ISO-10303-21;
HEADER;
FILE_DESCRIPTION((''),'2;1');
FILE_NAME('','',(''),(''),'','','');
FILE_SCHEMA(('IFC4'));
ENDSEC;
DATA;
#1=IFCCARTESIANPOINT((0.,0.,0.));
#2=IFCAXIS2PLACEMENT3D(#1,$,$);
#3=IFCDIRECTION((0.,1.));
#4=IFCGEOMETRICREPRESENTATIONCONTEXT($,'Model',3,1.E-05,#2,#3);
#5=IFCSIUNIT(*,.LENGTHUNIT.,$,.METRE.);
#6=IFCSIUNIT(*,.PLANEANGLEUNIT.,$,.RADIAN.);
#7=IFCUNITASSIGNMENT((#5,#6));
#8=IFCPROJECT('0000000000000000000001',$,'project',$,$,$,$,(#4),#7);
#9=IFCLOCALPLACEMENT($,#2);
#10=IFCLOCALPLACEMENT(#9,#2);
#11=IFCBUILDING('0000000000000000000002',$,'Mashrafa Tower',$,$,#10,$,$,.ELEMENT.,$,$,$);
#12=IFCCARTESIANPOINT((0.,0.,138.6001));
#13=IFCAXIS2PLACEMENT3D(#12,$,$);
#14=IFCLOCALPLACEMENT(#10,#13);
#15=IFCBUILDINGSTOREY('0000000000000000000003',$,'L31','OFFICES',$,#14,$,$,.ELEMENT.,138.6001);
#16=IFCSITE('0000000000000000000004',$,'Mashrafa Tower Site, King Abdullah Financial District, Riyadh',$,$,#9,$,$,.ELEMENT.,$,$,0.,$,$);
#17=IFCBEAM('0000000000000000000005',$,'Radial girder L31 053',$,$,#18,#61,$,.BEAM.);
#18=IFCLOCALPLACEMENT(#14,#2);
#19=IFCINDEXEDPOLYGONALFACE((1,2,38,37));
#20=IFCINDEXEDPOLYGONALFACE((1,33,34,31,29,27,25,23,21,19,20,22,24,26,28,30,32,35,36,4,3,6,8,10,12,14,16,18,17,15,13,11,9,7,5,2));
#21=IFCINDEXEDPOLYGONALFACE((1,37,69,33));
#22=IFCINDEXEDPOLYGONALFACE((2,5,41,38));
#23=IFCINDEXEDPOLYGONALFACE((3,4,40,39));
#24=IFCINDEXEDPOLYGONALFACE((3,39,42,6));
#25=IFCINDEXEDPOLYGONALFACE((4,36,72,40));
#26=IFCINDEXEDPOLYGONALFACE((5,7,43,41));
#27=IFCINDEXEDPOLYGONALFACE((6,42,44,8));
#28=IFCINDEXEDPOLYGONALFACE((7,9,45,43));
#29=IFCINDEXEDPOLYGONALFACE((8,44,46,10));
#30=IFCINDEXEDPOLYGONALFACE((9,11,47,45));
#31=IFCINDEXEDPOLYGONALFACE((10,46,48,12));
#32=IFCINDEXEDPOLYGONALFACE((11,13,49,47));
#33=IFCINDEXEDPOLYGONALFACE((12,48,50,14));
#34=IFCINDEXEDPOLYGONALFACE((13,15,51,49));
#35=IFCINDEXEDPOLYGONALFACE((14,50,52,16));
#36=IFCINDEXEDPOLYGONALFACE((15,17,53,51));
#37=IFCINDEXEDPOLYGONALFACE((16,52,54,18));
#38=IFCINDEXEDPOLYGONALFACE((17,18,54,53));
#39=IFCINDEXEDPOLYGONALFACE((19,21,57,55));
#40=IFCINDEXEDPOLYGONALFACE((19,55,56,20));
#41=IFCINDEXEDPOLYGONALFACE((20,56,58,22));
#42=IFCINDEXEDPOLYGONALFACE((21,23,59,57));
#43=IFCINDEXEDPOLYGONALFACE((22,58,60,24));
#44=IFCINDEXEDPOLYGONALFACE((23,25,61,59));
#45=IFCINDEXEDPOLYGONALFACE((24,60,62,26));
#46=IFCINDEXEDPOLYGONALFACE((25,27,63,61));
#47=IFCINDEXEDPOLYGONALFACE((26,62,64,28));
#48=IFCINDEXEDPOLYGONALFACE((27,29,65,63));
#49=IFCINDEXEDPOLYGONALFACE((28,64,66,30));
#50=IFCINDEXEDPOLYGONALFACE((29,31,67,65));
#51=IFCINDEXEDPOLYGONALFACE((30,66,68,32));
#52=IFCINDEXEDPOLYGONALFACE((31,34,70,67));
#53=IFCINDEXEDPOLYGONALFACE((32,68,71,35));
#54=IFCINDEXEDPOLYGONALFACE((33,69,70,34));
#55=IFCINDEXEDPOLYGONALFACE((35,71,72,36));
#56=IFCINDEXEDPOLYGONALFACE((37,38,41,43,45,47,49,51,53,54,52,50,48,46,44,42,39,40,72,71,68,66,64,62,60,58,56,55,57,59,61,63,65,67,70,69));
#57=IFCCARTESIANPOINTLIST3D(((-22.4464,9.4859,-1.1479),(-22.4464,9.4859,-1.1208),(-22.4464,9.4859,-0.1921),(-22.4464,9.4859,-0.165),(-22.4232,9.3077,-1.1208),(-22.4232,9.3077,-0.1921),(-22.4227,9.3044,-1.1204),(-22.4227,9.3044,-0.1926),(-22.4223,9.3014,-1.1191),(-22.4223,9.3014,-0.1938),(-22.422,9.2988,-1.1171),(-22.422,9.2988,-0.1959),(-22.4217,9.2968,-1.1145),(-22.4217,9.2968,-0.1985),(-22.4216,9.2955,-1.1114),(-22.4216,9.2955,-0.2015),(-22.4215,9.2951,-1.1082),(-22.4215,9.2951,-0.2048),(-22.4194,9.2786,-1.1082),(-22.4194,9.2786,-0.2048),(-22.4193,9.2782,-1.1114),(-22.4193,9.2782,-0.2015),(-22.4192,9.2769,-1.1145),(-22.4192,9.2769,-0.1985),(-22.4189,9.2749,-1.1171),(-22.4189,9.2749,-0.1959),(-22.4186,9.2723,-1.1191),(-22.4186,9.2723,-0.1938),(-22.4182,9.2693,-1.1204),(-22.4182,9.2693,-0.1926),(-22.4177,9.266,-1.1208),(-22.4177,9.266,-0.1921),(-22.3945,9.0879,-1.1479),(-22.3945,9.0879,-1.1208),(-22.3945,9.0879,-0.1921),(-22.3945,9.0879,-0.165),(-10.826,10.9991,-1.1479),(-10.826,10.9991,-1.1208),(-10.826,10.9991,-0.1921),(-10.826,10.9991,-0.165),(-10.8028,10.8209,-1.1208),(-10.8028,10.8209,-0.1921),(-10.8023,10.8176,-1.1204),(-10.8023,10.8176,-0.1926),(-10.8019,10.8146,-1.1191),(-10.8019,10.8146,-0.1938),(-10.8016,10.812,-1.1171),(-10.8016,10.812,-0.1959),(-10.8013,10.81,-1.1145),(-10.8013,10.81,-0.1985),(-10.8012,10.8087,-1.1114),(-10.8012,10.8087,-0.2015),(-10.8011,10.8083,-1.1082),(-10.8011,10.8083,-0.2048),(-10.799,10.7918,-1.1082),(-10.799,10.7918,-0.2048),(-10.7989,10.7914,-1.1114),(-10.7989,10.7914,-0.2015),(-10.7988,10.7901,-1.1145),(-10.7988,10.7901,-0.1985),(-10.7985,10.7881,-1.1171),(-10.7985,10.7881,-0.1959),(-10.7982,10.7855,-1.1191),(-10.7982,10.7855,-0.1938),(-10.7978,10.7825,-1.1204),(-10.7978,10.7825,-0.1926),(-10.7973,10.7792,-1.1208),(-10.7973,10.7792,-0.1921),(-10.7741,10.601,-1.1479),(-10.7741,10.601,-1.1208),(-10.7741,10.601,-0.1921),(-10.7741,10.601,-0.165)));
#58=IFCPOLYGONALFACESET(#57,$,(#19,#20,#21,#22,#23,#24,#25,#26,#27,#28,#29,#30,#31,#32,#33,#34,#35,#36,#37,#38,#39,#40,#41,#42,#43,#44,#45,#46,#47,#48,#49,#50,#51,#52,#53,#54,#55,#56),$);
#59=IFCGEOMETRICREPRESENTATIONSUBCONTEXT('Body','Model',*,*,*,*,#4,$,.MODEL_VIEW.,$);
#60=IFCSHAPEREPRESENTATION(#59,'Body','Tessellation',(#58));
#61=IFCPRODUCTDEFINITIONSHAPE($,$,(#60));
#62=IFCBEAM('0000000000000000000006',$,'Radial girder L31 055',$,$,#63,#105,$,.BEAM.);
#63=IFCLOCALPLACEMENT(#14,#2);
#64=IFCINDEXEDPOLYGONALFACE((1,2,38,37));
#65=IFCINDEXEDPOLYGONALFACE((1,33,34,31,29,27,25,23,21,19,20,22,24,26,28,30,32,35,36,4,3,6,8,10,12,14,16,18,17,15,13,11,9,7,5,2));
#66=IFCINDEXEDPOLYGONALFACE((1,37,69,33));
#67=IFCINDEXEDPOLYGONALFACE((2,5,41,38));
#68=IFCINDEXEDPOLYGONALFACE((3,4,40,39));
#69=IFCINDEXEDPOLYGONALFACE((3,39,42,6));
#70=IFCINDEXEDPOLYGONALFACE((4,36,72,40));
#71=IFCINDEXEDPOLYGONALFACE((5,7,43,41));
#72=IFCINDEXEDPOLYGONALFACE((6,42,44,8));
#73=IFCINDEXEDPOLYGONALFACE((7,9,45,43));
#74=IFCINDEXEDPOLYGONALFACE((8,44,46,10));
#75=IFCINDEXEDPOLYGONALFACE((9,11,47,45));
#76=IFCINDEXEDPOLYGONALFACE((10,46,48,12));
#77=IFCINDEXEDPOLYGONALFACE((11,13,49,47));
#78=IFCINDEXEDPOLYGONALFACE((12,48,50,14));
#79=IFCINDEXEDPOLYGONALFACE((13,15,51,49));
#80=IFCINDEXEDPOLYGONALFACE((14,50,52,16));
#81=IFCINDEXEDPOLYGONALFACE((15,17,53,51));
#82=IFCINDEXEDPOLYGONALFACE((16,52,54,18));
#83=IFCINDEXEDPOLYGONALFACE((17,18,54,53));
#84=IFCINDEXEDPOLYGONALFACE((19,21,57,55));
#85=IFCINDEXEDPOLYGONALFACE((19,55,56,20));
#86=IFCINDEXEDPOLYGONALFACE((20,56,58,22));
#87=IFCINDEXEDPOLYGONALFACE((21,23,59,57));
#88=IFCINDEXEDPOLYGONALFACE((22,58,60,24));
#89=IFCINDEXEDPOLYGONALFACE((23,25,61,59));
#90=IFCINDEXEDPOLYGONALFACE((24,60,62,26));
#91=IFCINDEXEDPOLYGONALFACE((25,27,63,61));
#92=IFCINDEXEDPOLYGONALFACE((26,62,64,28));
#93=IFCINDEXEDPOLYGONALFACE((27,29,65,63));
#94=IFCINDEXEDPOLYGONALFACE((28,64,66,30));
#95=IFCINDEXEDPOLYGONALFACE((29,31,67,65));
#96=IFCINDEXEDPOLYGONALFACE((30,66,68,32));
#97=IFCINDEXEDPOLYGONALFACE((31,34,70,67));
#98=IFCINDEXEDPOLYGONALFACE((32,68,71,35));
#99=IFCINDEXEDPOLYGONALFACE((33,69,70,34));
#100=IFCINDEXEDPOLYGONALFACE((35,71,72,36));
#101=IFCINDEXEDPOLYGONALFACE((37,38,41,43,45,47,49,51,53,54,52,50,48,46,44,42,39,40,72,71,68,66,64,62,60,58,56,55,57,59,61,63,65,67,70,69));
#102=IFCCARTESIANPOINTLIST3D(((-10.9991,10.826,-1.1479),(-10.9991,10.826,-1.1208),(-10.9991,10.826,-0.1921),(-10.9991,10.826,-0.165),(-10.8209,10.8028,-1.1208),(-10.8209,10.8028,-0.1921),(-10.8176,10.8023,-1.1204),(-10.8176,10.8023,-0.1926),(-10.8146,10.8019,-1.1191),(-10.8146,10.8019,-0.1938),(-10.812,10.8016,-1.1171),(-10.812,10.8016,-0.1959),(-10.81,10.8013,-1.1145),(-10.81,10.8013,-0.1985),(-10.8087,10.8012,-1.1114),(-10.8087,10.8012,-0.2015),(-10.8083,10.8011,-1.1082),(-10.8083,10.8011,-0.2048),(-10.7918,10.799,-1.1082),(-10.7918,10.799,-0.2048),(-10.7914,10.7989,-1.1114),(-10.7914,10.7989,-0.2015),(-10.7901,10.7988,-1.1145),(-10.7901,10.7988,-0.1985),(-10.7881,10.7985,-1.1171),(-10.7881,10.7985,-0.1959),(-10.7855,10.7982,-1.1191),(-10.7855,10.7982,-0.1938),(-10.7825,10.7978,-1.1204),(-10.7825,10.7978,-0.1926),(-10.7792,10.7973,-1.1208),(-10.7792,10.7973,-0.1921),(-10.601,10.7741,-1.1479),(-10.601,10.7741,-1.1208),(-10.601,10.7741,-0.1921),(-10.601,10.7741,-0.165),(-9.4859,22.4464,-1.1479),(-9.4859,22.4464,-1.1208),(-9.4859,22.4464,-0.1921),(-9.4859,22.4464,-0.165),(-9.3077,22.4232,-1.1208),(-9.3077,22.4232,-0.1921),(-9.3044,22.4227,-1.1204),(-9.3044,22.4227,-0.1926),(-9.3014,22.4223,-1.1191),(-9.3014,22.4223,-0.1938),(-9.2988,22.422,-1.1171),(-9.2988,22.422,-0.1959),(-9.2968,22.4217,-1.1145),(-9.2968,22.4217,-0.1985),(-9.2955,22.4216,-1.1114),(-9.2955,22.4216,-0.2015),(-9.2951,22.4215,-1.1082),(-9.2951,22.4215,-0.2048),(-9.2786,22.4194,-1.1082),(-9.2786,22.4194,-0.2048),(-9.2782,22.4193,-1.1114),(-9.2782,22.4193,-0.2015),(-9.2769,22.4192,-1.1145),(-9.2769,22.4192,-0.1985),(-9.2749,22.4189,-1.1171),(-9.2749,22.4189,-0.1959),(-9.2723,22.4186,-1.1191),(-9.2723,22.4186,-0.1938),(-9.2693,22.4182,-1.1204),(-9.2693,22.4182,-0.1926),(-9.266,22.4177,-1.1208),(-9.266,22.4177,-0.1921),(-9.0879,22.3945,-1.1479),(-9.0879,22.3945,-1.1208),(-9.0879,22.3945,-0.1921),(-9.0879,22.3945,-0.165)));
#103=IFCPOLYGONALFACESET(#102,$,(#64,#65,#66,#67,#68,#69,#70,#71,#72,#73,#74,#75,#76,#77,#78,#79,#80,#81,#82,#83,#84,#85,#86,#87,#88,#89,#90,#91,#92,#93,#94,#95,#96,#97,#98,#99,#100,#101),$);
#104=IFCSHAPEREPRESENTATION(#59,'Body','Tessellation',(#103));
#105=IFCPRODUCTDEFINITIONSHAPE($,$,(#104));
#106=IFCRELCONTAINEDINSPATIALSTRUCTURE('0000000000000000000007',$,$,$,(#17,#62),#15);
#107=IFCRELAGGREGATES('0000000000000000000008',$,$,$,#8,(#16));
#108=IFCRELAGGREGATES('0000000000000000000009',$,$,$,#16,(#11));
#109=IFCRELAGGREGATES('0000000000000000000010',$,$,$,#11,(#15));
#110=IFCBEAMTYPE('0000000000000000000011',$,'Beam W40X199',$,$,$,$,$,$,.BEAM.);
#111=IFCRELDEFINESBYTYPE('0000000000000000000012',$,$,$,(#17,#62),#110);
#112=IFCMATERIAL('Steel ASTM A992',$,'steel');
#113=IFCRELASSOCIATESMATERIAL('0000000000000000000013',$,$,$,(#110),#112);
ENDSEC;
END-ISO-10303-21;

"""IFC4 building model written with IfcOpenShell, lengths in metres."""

from ifc_helpers import new_model, si_unit, direction, frame, origin, origin_2d, place, context, subcontext, project, spatial, i_section, extrude, material, material_profile, profile_set, type_object, element, save


model = new_model("IFC4")

# Units and contexts
model_context = context("Model", 3, precision=1e-05, world=origin(), true_north=direction((0.0, 1.0)))
body_context = subcontext(model_context, "Body", "Model", "MODEL_VIEW")
ifc_project = project(units=[si_unit("LENGTHUNIT", "METRE"), si_unit("PLANEANGLEUNIT", "RADIAN")], contexts=[model_context])

# Site, building, storey
site_placement = place(None, origin())
site = spatial("IfcSite", under=ifc_project, at=site_placement, Name="Mashrafa Tower Site, King Abdullah Financial District, Riyadh", CompositionType="ELEMENT", RefElevation=0.0)
building_placement = place(site_placement, origin())
building = spatial("IfcBuilding", under=site, at=building_placement, Name="Mashrafa Tower", CompositionType="ELEMENT")
storey_placement = place(building_placement, frame((0.0, 0.0, 138.6001)))
storey = spatial("IfcBuildingStorey", under=building, at=storey_placement, Name="L31", Description="OFFICES", CompositionType="ELEMENT", Elevation=138.6001)

# Beams
ifc_material_1 = material(Name="Steel ASTM A992", Category="steel")
ifc_material_profile_1 = material_profile(ifc_material_1, i_section(OverallWidth=0.4014, OverallDepth=0.9829, WebThickness=0.0166, FlangeThickness=0.0271, FilletRadius=0.0127, at=origin_2d()), Name="W40X199")
ifc_profile_set_1 = profile_set([ifc_material_profile_1], Name="Steel ASTM A992")
beam_type_1 = type_object("IfcBeamType", Name="Beam W40X199", PredefinedType="BEAM", material=ifc_profile_set_1)
for number, where, z_axis, x_axis, name in (
    (1, (-10.8, 10.8, -0.6565), (-0.991628, -0.129128, 0.0), (0.129128, -0.991628, 0.0), "Radial girder L31 053"),
    (2, (-10.8, 10.8, -0.6565), (0.129128, 0.991628, 0.0), (-0.991628, 0.129128, 0.0), "Radial girder L31 055"),
):
    element("IfcBeam", number, at=place(storey_placement, frame(where, z_axis=z_axis, x_axis=x_axis)), inside=storey, type_object=beam_type_1, Name=name, PredefinedType="BEAM", context=body_context, shape_type="SweptSolid", body=[
        extrude(i_section(OverallWidth=0.4014, OverallDepth=0.9829, WebThickness=0.0166, FlangeThickness=0.0271, FilletRadius=0.0127, at=origin_2d()), origin(), (0.0, 0.0, 1.0), 11.7185),
    ])

save(model, "model.ifc")
